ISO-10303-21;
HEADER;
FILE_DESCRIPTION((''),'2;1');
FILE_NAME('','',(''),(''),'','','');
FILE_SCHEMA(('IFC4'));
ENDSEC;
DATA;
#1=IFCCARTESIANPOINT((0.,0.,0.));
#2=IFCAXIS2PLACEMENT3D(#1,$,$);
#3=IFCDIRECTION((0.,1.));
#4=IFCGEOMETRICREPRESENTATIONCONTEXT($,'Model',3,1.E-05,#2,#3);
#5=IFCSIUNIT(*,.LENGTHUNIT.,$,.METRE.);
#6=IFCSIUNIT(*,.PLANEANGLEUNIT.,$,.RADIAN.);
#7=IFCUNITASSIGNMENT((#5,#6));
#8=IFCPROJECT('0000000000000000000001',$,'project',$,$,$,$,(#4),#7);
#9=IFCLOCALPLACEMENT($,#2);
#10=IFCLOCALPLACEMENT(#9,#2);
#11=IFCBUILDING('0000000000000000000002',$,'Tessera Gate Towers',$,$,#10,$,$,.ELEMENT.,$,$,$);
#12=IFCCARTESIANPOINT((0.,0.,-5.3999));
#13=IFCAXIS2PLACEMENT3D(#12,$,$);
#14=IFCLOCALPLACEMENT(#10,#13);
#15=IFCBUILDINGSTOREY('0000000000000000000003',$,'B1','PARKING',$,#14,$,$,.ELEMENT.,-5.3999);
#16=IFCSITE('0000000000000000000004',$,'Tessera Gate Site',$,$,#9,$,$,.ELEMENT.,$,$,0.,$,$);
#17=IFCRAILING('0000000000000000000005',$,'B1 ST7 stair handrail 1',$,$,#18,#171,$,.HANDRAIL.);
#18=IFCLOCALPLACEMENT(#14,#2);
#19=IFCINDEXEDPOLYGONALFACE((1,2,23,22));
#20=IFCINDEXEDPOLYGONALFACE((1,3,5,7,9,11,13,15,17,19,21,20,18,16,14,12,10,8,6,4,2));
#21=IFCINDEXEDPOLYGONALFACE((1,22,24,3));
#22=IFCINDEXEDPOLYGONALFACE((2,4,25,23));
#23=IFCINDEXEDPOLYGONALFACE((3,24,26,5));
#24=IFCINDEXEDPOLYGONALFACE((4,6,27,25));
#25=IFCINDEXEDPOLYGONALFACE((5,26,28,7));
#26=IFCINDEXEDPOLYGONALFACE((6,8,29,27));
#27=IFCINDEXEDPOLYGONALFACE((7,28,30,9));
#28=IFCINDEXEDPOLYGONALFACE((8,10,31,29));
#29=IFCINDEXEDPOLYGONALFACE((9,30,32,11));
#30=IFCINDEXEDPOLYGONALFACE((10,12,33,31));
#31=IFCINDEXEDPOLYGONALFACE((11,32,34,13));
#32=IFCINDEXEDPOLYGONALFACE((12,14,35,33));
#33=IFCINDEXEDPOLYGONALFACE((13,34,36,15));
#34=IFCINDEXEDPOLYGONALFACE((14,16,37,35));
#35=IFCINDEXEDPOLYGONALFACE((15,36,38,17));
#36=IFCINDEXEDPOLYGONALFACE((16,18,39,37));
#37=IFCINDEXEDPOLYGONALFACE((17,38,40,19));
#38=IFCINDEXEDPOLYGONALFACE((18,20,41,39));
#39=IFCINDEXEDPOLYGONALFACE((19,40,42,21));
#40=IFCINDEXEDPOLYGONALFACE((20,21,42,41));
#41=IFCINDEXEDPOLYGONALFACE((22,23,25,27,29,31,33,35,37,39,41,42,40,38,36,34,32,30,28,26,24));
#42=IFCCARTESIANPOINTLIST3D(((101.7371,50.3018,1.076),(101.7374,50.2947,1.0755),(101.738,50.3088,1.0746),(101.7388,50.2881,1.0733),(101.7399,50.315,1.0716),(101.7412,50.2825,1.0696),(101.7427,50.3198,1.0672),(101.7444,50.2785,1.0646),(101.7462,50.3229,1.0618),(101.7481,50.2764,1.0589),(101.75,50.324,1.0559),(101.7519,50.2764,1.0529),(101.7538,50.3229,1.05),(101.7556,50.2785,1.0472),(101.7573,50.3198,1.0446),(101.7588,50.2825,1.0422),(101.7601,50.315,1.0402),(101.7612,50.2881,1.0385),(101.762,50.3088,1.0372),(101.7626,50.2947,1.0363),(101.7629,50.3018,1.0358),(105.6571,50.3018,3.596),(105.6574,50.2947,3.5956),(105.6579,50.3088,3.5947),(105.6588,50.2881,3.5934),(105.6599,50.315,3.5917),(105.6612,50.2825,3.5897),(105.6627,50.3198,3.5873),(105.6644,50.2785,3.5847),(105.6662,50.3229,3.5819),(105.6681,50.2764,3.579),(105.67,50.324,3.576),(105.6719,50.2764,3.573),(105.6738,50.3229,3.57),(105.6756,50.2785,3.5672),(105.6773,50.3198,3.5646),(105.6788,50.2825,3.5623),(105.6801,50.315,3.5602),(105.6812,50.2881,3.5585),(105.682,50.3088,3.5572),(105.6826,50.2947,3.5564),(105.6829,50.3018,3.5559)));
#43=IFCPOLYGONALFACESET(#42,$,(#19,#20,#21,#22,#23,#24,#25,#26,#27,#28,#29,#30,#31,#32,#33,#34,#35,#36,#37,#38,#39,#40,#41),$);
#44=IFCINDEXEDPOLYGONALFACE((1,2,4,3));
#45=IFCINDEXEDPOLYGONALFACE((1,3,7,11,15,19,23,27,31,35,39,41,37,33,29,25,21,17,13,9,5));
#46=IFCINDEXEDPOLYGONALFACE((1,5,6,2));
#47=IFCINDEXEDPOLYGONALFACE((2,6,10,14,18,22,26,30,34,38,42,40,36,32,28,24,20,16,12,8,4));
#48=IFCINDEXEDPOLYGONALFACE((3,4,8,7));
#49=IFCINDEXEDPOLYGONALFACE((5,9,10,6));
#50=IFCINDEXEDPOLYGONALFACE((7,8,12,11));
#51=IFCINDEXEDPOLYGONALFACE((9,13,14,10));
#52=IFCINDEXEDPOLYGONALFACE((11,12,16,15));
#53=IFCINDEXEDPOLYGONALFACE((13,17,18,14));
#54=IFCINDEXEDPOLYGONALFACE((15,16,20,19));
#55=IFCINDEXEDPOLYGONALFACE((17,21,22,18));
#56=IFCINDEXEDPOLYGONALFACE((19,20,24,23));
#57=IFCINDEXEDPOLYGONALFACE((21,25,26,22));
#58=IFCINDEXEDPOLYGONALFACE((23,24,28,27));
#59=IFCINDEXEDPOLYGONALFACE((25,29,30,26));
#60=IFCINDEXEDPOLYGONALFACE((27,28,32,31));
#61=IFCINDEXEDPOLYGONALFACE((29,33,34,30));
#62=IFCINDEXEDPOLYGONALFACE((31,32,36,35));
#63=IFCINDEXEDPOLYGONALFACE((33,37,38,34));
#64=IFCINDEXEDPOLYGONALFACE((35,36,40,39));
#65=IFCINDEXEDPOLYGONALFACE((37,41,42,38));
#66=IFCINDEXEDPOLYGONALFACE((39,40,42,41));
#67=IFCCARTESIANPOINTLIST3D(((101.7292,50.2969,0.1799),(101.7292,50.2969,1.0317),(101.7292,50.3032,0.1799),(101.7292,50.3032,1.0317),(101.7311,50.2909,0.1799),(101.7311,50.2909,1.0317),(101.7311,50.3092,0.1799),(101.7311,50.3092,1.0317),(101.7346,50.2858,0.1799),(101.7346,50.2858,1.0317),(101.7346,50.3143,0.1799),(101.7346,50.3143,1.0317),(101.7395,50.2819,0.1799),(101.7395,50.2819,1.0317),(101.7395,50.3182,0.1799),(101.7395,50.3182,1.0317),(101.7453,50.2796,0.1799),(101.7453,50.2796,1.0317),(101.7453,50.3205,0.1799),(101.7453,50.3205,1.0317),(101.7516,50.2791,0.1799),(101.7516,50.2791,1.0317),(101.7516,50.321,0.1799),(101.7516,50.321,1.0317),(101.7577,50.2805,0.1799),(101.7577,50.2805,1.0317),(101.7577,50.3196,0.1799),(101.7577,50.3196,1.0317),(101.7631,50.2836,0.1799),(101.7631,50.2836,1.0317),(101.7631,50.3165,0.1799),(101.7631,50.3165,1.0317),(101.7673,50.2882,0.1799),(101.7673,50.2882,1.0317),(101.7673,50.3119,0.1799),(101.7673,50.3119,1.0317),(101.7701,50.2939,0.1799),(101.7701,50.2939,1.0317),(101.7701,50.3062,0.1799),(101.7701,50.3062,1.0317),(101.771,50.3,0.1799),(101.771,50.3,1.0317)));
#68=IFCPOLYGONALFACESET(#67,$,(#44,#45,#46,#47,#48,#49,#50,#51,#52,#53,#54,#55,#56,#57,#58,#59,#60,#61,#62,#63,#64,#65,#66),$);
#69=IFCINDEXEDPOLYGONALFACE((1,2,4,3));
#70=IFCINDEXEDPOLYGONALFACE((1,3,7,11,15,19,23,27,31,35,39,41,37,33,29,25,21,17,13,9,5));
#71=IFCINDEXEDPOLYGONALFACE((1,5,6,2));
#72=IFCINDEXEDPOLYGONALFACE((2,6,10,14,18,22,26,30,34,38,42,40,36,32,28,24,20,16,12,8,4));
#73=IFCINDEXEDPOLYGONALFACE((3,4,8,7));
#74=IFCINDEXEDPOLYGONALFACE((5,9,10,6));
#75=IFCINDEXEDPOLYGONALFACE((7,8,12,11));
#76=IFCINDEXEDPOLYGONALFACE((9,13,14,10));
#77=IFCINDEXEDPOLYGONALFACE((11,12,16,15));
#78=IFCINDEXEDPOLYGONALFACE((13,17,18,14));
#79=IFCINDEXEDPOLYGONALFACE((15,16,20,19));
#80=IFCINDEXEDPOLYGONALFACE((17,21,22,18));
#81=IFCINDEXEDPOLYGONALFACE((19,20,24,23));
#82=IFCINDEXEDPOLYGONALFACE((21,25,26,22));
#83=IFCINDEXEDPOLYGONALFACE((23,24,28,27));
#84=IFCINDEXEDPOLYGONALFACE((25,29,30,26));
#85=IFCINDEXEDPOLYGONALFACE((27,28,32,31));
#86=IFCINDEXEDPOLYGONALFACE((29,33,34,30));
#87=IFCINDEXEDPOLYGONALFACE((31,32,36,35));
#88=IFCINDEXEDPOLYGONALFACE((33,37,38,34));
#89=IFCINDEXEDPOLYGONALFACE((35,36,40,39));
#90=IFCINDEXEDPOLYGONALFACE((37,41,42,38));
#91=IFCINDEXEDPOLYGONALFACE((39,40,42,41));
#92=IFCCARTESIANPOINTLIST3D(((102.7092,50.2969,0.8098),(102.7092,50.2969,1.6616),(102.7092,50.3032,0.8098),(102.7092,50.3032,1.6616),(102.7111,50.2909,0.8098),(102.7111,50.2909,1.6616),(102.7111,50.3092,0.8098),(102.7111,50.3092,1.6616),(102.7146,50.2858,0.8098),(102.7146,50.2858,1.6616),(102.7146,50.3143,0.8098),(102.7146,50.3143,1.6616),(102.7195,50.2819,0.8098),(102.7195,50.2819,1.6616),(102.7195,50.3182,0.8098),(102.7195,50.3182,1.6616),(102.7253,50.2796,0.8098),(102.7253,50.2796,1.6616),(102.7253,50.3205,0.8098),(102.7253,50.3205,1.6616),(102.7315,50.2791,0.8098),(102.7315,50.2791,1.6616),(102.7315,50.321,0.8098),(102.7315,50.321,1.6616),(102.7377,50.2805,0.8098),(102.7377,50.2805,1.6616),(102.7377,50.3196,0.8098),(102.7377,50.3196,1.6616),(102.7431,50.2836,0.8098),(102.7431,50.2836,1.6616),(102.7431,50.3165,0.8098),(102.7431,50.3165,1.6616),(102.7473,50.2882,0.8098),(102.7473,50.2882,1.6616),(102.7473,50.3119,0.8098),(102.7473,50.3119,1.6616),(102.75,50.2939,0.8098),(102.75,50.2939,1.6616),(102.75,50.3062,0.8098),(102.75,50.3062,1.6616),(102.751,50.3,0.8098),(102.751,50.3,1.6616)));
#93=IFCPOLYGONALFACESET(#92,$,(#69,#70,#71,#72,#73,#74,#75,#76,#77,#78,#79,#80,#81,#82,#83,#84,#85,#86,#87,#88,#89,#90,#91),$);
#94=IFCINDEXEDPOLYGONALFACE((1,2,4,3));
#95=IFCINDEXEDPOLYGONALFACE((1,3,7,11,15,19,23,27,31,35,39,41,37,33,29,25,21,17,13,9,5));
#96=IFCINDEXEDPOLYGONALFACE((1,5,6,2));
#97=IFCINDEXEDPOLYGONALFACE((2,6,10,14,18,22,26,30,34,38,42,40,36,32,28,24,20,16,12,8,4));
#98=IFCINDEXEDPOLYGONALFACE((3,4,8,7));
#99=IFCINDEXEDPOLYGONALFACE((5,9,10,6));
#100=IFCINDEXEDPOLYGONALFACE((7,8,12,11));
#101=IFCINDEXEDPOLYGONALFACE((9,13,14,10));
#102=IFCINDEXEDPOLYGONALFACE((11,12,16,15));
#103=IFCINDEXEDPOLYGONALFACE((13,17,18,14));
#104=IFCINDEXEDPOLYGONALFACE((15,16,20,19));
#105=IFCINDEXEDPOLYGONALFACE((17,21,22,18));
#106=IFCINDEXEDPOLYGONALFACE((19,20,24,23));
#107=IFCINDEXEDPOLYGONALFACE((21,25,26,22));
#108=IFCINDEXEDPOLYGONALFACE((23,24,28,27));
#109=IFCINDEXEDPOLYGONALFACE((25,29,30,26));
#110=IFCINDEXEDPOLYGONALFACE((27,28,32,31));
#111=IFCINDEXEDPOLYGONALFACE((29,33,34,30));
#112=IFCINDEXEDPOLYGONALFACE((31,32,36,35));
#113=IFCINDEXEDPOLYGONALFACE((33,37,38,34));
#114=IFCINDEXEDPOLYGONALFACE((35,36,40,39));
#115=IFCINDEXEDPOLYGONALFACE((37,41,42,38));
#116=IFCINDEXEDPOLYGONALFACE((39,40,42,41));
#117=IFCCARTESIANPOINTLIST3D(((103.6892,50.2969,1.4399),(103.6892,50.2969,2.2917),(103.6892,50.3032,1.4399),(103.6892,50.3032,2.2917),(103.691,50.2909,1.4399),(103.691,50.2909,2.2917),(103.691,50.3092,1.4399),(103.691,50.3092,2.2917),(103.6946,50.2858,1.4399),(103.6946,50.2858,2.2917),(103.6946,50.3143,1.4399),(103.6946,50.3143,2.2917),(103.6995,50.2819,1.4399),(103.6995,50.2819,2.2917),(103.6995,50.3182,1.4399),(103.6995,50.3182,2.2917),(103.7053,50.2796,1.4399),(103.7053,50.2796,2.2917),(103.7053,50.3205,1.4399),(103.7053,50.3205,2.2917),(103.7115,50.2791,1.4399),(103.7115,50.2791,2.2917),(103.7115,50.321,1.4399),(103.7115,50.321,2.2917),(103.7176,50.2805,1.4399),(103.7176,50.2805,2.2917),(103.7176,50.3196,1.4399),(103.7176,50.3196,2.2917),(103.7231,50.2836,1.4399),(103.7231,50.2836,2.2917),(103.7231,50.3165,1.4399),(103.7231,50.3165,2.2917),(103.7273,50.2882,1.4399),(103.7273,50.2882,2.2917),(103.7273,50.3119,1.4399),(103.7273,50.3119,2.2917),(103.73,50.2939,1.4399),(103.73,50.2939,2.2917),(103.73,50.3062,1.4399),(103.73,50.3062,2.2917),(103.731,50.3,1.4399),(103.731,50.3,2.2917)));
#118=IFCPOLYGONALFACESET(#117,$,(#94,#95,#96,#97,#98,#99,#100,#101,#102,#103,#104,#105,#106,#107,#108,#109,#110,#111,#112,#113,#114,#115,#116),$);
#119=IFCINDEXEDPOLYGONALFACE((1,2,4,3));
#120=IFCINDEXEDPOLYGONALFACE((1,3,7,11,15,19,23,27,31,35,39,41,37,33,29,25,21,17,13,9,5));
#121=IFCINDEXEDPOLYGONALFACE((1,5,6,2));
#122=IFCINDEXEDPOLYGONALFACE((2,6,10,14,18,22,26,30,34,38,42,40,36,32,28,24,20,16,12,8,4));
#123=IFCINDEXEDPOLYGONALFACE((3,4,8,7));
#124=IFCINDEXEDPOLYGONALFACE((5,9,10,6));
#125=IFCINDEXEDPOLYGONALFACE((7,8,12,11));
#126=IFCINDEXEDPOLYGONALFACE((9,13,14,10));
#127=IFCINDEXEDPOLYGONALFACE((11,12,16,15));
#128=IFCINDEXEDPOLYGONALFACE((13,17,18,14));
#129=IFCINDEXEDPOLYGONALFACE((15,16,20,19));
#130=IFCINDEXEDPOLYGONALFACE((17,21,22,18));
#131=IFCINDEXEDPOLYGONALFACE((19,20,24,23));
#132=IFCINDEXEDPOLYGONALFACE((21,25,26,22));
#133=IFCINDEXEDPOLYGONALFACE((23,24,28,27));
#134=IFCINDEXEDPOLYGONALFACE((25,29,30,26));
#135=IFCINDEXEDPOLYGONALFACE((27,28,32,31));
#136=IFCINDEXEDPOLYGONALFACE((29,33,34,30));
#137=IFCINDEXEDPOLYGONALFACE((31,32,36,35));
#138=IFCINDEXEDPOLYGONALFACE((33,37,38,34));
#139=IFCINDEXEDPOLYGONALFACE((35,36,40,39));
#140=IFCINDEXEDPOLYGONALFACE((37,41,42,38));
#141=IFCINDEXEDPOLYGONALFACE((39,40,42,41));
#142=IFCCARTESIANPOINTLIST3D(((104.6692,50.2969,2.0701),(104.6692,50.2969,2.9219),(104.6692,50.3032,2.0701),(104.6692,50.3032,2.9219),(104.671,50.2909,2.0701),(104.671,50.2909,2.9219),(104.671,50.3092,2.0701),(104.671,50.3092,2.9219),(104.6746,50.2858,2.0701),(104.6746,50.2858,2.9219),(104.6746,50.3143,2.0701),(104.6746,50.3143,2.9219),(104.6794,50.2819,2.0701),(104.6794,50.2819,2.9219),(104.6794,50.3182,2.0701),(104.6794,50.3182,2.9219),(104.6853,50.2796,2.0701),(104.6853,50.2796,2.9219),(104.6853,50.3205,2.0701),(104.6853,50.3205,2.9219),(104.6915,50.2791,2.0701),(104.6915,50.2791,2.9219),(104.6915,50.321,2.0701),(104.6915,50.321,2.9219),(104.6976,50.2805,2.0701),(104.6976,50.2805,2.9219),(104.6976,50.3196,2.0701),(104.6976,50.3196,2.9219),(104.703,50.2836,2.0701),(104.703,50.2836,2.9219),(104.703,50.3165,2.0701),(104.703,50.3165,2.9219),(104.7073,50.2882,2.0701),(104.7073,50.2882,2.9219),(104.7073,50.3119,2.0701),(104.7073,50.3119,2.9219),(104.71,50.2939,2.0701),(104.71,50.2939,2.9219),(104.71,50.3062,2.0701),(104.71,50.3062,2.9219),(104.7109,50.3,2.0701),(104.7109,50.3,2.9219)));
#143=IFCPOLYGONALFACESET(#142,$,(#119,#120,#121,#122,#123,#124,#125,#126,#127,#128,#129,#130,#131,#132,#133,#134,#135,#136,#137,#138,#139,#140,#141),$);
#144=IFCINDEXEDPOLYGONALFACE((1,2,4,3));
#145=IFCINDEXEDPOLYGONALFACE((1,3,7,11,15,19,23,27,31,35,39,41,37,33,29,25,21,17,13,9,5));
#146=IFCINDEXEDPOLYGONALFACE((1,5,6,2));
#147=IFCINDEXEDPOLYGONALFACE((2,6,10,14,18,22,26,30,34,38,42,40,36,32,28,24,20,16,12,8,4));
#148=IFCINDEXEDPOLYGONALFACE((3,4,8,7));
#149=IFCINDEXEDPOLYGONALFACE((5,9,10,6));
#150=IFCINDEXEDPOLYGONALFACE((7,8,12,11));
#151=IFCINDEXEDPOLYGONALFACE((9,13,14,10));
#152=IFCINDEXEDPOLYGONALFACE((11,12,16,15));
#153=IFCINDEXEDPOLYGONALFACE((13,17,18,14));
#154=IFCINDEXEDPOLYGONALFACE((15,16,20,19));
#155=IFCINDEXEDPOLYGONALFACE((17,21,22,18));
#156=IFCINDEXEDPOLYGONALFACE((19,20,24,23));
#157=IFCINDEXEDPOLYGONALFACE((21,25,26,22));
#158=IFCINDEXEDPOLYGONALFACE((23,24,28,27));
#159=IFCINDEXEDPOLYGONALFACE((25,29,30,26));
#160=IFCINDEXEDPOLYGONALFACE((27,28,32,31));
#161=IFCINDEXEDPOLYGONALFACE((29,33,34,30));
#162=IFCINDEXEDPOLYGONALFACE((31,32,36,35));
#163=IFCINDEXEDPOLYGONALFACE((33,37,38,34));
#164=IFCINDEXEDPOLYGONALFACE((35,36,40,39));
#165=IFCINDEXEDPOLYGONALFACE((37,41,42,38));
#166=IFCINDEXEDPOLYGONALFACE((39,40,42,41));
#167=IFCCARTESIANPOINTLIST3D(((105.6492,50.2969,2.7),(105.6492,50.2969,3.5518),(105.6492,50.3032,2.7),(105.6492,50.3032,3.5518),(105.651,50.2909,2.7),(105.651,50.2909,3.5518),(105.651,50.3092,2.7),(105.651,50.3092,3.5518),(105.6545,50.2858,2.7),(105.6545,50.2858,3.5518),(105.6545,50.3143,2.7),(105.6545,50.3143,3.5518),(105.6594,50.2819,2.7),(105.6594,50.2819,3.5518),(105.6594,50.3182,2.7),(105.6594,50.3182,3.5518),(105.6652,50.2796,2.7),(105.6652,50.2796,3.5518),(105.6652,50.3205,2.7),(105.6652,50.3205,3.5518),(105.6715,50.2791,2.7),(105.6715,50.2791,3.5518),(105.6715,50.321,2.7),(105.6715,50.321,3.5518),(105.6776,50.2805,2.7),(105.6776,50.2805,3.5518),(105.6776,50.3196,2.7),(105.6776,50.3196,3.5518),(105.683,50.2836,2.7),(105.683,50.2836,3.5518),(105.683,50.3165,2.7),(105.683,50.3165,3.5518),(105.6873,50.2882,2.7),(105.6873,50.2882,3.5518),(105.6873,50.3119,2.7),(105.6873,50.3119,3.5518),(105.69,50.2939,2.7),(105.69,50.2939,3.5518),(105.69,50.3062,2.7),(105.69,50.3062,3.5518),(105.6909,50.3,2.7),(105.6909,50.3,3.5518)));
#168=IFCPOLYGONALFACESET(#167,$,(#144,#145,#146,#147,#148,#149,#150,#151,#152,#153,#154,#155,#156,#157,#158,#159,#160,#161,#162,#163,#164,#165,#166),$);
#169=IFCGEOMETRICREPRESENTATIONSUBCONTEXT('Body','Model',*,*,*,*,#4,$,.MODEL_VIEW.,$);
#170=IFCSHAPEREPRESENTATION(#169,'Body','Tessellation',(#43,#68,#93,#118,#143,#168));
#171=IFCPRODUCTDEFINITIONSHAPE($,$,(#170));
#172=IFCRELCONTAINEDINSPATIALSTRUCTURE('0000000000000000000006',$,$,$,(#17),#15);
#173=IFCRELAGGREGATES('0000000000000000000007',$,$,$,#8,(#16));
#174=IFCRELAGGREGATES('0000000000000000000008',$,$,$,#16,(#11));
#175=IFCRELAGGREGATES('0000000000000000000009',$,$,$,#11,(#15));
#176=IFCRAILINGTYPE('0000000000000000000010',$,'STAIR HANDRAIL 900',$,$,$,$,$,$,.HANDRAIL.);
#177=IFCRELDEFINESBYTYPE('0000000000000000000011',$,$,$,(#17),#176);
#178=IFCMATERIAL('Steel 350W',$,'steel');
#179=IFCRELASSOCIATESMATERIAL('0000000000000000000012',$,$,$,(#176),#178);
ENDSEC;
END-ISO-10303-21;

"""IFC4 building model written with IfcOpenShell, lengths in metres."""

from ifc_helpers import new_model, si_unit, direction, frame, origin, origin_2d, place, context, subcontext, project, spatial, circle, extrude, material, type_object, element, save


model = new_model("IFC4")

# Units and contexts
model_context = context("Model", 3, precision=1e-05, world=origin(), true_north=direction((0.0, 1.0)))
body_context = subcontext(model_context, "Body", "Model", "MODEL_VIEW")
ifc_project = project(units=[si_unit("LENGTHUNIT", "METRE"), si_unit("PLANEANGLEUNIT", "RADIAN")], contexts=[model_context])

# Site, building, storey
site_placement = place(None, origin())
site = spatial("IfcSite", under=ifc_project, at=site_placement, Name="Tessera Gate Site", CompositionType="ELEMENT", RefElevation=0.0)
building_placement = place(site_placement, origin())
building = spatial("IfcBuilding", under=site, at=building_placement, Name="Tessera Gate Towers", CompositionType="ELEMENT")
storey_placement = place(building_placement, frame((0.0, 0.0, -5.3999)))
storey = spatial("IfcBuildingStorey", under=building, at=storey_placement, Name="B1", Description="PARKING", CompositionType="ELEMENT", Elevation=-5.3999)

# Railing
ifc_material_1 = material(Name="Steel 350W", Category="steel")
railing_type_1 = type_object("IfcRailingType", Name="STAIR HANDRAIL 900", PredefinedType="HANDRAIL", material=ifc_material_1)
railing_1_placement = place(storey_placement, frame((101.75, 50.3, 0.1799)))
element("IfcRailing", 1, at=railing_1_placement, inside=storey, type_object=railing_type_1, Name="B1 ST7 stair handrail 1", PredefinedType="HANDRAIL", context=body_context, shape_type="SweptSolid", body=[
    extrude(circle(Radius=0.0239, at=origin_2d()), frame((0.0, 0.0, 0.876), z_axis=(0.841172, 0.0, 0.540768), x_axis=(0.0, 1.0, 0.0)), (0.0, 0.0, 1.0), 4.6602),
    extrude(circle(Radius=0.021, at=origin_2d()), origin(), (0.0, 0.0, 1.0), 0.8518),
    extrude(circle(Radius=0.021, at=origin_2d()), frame((0.98, 0.0, 0.6299)), (0.0, 0.0, 1.0), 0.8518),
    extrude(circle(Radius=0.021, at=origin_2d()), frame((1.96, 0.0, 1.26)), (0.0, 0.0, 1.0), 0.8518),
    extrude(circle(Radius=0.021, at=origin_2d()), frame((2.9399, 0.0, 1.8901)), (0.0, 0.0, 1.0), 0.8518),
    extrude(circle(Radius=0.021, at=origin_2d()), frame((3.9199, 0.0, 2.52)), (0.0, 0.0, 1.0), 0.8518),
])

save(model, "model.ifc")
